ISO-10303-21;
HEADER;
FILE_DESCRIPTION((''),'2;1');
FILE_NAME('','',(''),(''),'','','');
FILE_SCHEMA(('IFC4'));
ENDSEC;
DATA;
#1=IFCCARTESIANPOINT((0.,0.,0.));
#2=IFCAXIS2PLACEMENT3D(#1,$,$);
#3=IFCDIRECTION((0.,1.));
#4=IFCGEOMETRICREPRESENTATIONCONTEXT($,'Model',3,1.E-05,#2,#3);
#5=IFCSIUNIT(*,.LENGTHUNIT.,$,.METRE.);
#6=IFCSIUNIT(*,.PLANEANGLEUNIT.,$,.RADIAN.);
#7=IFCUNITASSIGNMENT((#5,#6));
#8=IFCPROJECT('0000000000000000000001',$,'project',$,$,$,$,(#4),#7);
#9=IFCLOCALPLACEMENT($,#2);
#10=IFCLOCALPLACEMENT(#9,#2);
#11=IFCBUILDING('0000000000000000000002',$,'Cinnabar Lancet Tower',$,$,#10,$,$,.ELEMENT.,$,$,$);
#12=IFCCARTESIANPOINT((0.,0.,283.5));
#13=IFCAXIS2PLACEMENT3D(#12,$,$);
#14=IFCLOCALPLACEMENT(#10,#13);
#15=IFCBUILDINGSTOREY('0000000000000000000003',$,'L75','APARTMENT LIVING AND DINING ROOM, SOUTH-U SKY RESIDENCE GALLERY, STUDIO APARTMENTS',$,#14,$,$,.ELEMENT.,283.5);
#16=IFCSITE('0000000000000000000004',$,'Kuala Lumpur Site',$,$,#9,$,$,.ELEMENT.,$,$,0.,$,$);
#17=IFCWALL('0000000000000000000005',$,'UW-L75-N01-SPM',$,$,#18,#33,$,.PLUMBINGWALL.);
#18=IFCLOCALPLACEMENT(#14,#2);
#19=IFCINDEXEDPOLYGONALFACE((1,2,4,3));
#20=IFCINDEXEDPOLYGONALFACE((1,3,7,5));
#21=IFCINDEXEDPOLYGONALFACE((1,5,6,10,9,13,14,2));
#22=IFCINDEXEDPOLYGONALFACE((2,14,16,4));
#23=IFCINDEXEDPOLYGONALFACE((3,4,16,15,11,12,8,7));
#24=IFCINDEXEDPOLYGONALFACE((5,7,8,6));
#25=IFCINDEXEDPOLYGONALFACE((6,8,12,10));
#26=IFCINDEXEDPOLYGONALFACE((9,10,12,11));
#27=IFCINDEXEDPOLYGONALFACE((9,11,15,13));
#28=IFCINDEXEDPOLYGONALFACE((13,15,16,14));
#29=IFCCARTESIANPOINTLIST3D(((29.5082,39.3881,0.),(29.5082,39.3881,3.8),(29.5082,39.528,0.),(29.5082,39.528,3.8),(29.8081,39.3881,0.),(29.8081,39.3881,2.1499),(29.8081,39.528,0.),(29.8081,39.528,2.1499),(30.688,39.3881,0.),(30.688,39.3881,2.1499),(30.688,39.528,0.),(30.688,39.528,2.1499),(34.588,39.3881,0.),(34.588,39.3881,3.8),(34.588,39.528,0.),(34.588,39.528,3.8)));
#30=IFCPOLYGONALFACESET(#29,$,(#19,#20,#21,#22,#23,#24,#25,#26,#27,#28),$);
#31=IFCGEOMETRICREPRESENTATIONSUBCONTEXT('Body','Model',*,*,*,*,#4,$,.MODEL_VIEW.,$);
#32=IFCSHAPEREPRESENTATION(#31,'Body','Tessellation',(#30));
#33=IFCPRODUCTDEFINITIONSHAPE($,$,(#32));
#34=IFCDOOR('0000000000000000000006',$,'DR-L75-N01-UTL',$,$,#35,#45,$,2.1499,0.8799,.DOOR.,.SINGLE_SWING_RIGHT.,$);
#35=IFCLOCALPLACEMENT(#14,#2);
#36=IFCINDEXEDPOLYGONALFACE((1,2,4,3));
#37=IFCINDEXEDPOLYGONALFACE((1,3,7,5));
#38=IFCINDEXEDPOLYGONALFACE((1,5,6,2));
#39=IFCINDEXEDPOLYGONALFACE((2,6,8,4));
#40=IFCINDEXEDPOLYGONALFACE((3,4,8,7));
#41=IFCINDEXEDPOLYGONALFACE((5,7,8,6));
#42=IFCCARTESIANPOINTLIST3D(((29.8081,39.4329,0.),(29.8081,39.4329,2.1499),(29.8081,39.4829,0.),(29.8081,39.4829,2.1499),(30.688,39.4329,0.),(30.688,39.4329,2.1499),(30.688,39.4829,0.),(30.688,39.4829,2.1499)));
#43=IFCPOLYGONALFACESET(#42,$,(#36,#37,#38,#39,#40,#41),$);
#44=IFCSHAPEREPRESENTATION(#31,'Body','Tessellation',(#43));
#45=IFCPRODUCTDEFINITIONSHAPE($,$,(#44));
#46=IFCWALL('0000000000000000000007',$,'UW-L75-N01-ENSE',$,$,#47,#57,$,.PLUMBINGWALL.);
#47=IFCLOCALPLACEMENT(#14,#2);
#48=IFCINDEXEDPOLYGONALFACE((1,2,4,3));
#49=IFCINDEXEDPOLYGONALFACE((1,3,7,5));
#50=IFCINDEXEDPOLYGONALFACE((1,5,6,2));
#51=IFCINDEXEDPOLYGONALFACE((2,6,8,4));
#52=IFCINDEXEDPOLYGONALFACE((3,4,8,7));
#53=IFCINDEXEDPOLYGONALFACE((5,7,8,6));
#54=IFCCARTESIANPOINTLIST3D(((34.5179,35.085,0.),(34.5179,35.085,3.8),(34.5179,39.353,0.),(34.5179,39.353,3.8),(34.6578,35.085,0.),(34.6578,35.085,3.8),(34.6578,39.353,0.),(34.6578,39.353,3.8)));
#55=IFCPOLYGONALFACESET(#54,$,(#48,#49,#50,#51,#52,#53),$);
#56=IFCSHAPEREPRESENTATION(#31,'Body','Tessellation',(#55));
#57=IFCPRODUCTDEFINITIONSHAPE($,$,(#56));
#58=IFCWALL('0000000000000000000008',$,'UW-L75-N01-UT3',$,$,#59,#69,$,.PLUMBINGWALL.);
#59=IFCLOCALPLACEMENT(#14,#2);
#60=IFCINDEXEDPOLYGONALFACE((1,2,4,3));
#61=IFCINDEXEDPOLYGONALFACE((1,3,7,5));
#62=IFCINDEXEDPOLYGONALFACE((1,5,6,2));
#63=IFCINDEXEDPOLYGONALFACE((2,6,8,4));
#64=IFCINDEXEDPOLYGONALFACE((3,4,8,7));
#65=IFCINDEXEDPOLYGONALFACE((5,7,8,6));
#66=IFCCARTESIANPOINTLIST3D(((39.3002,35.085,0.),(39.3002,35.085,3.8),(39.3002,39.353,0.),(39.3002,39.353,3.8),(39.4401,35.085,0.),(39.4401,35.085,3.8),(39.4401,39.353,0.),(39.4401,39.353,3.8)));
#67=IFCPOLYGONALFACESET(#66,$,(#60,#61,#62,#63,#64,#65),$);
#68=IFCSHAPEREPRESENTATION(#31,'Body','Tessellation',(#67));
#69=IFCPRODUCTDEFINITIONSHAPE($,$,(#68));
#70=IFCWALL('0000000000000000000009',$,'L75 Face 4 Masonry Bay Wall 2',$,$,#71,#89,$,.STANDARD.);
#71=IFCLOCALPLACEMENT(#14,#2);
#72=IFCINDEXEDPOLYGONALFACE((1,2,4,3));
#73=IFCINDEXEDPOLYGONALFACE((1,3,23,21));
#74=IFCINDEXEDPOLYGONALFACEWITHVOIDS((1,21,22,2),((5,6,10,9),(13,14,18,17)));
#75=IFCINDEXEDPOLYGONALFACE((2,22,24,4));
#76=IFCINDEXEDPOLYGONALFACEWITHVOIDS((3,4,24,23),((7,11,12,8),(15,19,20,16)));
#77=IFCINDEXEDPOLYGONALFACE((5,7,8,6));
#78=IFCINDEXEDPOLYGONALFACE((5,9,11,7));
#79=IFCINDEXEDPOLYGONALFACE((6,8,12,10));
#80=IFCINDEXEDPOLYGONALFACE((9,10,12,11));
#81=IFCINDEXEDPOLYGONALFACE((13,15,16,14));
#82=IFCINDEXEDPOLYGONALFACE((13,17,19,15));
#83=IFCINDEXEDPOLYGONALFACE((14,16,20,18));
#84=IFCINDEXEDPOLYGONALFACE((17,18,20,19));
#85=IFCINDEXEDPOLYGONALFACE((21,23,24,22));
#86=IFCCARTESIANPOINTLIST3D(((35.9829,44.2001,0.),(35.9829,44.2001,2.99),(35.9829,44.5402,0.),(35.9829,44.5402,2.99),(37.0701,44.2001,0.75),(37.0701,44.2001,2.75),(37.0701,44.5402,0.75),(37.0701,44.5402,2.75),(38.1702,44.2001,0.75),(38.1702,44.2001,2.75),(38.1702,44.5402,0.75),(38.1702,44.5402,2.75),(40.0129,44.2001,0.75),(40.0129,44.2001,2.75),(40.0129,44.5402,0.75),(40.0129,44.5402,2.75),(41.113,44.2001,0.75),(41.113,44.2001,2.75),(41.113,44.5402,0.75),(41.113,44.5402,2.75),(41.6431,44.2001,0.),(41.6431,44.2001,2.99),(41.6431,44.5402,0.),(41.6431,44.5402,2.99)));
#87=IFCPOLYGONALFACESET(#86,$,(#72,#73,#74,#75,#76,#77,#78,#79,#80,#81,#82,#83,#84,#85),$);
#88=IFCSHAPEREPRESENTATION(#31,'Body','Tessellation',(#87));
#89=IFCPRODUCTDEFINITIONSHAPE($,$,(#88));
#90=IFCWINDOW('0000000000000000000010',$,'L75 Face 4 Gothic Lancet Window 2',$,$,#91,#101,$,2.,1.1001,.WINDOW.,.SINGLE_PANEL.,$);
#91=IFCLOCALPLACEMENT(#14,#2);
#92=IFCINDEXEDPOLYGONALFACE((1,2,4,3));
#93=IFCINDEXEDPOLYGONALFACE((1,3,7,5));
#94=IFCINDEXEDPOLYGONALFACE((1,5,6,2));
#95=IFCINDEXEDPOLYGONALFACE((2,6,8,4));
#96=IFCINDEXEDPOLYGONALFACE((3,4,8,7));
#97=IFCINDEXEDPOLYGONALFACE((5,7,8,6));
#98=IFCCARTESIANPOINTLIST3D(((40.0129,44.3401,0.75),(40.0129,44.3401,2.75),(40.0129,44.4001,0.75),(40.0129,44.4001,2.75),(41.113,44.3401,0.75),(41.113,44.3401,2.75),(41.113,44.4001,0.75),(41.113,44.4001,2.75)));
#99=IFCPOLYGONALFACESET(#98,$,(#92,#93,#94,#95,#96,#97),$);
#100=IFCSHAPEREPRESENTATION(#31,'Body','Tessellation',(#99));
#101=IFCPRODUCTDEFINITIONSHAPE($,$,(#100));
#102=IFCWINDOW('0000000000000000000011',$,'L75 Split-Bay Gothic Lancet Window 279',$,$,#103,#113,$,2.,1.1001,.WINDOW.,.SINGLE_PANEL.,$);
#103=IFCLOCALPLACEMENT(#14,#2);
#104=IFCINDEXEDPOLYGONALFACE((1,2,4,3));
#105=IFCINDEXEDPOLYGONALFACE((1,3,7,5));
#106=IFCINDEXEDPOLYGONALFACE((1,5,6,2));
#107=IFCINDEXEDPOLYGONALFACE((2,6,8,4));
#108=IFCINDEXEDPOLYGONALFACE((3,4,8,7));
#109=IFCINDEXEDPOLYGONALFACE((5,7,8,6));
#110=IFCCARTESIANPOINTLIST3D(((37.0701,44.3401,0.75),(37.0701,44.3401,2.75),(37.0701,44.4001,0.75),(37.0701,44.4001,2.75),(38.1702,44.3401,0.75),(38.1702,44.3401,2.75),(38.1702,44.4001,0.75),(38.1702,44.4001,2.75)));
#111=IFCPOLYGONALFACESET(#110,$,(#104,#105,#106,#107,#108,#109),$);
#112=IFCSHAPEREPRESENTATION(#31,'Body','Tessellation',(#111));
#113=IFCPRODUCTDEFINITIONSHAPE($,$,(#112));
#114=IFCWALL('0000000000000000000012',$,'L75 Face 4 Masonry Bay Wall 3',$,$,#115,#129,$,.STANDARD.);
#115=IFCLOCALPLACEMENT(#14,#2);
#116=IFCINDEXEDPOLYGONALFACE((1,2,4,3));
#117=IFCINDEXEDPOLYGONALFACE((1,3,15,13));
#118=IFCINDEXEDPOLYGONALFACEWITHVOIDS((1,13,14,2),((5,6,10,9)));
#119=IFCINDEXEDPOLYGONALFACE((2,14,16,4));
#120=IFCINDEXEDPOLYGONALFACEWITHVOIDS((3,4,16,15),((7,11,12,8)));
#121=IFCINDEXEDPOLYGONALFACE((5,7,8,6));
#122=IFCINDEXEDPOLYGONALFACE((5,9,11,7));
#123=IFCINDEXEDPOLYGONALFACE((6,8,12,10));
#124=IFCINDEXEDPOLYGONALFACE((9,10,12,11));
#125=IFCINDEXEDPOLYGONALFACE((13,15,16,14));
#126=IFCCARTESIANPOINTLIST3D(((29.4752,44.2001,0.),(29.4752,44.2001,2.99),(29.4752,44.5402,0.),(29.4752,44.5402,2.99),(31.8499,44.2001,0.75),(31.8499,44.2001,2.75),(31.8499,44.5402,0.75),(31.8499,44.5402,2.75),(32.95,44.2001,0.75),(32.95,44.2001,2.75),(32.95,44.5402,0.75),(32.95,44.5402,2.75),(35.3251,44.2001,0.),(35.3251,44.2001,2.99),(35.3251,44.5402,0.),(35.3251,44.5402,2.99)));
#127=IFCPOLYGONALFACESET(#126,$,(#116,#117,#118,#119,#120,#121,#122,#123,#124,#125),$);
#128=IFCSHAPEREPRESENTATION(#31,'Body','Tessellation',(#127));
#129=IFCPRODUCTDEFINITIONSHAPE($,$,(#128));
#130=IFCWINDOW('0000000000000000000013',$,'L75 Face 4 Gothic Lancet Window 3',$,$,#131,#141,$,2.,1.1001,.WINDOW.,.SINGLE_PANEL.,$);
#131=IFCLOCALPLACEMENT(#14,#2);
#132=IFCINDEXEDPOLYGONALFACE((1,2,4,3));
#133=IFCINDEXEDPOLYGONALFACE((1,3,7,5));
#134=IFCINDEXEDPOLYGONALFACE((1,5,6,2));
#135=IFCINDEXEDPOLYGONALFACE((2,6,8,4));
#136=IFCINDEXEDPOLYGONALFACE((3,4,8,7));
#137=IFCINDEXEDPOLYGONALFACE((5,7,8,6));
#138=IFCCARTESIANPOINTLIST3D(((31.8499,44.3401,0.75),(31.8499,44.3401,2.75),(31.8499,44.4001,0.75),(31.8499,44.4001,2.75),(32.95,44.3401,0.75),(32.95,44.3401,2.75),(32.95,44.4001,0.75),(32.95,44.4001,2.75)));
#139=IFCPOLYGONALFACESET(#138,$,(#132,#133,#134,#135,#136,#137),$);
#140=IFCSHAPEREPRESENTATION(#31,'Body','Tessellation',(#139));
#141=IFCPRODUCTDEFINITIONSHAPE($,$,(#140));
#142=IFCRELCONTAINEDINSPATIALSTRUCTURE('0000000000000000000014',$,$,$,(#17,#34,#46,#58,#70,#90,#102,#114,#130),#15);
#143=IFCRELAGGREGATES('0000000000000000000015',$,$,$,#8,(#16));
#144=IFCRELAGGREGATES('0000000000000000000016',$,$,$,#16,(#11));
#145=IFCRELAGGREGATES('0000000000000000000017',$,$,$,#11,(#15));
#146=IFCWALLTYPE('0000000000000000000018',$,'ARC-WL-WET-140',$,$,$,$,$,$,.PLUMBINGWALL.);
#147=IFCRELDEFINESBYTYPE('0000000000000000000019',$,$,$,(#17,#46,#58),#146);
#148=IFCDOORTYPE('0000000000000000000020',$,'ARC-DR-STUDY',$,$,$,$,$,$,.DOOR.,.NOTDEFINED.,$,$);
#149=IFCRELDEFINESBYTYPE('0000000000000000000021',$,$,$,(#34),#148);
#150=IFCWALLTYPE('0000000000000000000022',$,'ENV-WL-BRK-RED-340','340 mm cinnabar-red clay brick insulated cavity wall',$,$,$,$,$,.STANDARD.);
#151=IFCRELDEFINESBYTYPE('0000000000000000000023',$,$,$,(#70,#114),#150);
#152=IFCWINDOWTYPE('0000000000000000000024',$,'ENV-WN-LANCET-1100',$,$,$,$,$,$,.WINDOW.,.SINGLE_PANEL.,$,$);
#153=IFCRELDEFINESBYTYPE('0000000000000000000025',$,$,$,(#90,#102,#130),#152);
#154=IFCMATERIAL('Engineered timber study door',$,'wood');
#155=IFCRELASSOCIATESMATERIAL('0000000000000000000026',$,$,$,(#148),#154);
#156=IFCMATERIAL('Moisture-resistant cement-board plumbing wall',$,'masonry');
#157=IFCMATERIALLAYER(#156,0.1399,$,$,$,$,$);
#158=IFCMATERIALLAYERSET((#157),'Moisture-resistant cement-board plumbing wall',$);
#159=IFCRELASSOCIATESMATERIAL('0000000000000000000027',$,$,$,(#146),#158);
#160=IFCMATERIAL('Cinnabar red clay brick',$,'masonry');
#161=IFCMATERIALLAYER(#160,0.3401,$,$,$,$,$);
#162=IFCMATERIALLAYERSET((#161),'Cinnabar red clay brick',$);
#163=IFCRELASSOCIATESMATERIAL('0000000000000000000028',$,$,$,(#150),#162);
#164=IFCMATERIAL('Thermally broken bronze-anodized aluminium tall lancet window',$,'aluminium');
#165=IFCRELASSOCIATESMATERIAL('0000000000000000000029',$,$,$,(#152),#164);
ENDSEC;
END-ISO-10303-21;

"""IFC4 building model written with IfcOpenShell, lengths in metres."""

from ifc_helpers import new_model, si_unit, direction, frame, frame_2d, origin, place, context, subcontext, project, spatial, rectangle, extrude, material, layer, layer_set, type_object, element, fill, save


model = new_model("IFC4")

# Units and contexts
model_context = context("Model", 3, precision=1e-05, world=origin(), true_north=direction((0.0, 1.0)))
body_context = subcontext(model_context, "Body", "Model", "MODEL_VIEW")
ifc_project = project(units=[si_unit("LENGTHUNIT", "METRE"), si_unit("PLANEANGLEUNIT", "RADIAN")], contexts=[model_context])

# Site, building, storey
site_placement = place(None, origin())
site = spatial("IfcSite", under=ifc_project, at=site_placement, Name="Kuala Lumpur Site", CompositionType="ELEMENT", RefElevation=0.0)
building_placement = place(site_placement, origin())
building = spatial("IfcBuilding", under=site, at=building_placement, Name="Cinnabar Lancet Tower", CompositionType="ELEMENT")
storey_placement = place(building_placement, frame((0.0, 0.0, 283.5)))
storey = spatial("IfcBuildingStorey", under=building, at=storey_placement, Name="L75", Description="APARTMENT LIVING AND DINING ROOM, SOUTH-U SKY RESIDENCE GALLERY, STUDIO APARTMENTS", CompositionType="ELEMENT", Elevation=283.5)

# Shared definitions
ifc_material_1 = material(Name="Engineered timber study door", Category="wood")
door_type_1 = type_object("IfcDoorType", Name="ARC-DR-STUDY", OperationType="NOTDEFINED", PredefinedType="DOOR", material=ifc_material_1)

# Wall, opening, door
ifc_material_2 = material(Name="Moisture-resistant cement-board plumbing wall", Category="masonry")
ifc_layer_1 = layer(ifc_material_2, 0.1399)
ifc_layer_set_1 = layer_set([ifc_layer_1], Name="Moisture-resistant cement-board plumbing wall")
wall_type_1 = type_object("IfcWallType", Name="ARC-WL-WET-140", PredefinedType="PLUMBINGWALL", material=ifc_layer_set_1)
wall_1_placement = place(storey_placement, frame((29.5081, 39.458, 0.0), z_axis=(0.0, 0.0, 1.0), x_axis=(1.0, 0.0, 0.0)))
wall_1 = element("IfcWall", 1, at=wall_1_placement, inside=storey, type_object=wall_type_1, Name="UW-L75-N01-SPM", PredefinedType="PLUMBINGWALL", context=body_context, shape_type="SweptSolid", body=[
    extrude(rectangle(XDim=5.0798, YDim=0.1399, at=frame_2d((2.54, 0.0))), origin(), (0.0, 0.0, 1.0), 3.8),
])
opening_1_placement = place(wall_1_placement, frame((0.3, 0.0, 0.0)))
opening_1 = element("IfcOpeningElement", 2, at=opening_1_placement, cuts=wall_1, PredefinedType="OPENING", context=body_context, shape_type="SweptSolid", body=[
    extrude(rectangle(XDim=0.8799, YDim=2.1499, at=frame_2d((0.4399, 1.075))), frame((0.0, 0.0798, 0.0), z_axis=(0.0, -1.0, 0.0), x_axis=(1.0, 0.0, 0.0)), (0.0, 0.0, 1.0), 0.1599),
])
door_1_placement = place(opening_1_placement, origin())
door_1 = element("IfcDoor", 3, at=door_1_placement, inside=storey, type_object=door_type_1, Name="DR-L75-N01-UTL", OperationType="SINGLE_SWING_RIGHT", OverallHeight=2.1499, OverallWidth=0.8799, PredefinedType="DOOR", context=body_context, shape_type="SweptSolid", body=[
    extrude(rectangle(XDim=0.8799, YDim=2.1499, at=frame_2d((0.4399, 1.075))), frame((0.0, 0.0249, 0.0), z_axis=(0.0, -1.0, 0.0), x_axis=(1.0, 0.0, 0.0)), (0.0, 0.0, 1.0), 0.05),
])
fill(opening_1, door_1)

# Walls
for number, where, z_axis, x_axis, name in (
    (4, (34.5879, 35.085, 0.0), (0.0, 0.0, 1.0), (0.0, 1.0, 0.0), "UW-L75-N01-ENSE"),
    (5, (39.3701, 35.085, 0.0), (0.0, 0.0, 1.0), (0.0, 1.0, 0.0), "UW-L75-N01-UT3"),
):
    element("IfcWall", number, at=place(storey_placement, frame(where, z_axis=z_axis, x_axis=x_axis)), inside=storey, type_object=wall_type_1, Name=name, PredefinedType="PLUMBINGWALL", context=body_context, shape_type="SweptSolid", body=[
        extrude(rectangle(XDim=4.2681, YDim=0.1399, at=frame_2d((2.134, 0.0))), origin(), (0.0, 0.0, 1.0), 3.8),
    ])

# Wall, openings, windows
ifc_material_3 = material(Name="Cinnabar red clay brick", Category="masonry")
ifc_layer_2 = layer(ifc_material_3, 0.3401)
ifc_layer_set_2 = layer_set([ifc_layer_2], Name="Cinnabar red clay brick")
wall_type_2 = type_object("IfcWallType", Name="ENV-WL-BRK-RED-340", Description="340 mm cinnabar-red clay brick insulated cavity wall", PredefinedType="STANDARD", material=ifc_layer_set_2)
wall_2_placement = place(storey_placement, frame((41.6431, 44.3701, 0.0), z_axis=(0.0, 0.0, 1.0), x_axis=(-1.0, 0.0, 0.0)))
wall_2 = element("IfcWall", 6, at=wall_2_placement, inside=storey, type_object=wall_type_2, Name="L75 Face 4 Masonry Bay Wall 2", PredefinedType="STANDARD", context=body_context, shape_type="SweptSolid", body=[
    extrude(rectangle(XDim=5.6602, YDim=0.3401, at=frame_2d((2.8301, 0.0))), origin(), (0.0, 0.0, 1.0), 2.99),
])
opening_2_placement = place(wall_2_placement, frame((0.53, 0.0, 0.75)))
opening_2 = element("IfcOpeningElement", 7, at=opening_2_placement, cuts=wall_2, PredefinedType="OPENING", context=body_context, shape_type="SweptSolid", body=[
    extrude(rectangle(XDim=1.1001, YDim=2.0, at=frame_2d((0.55, 1.0))), frame((0.0, 0.1799, 0.0), z_axis=(0.0, -1.0, 0.0), x_axis=(1.0, 0.0, 0.0)), (0.0, 0.0, 1.0), 0.3601),
])
opening_3_placement = place(wall_2_placement, frame((3.4729, 0.0, 0.75)))
opening_3 = element("IfcOpeningElement", 8, at=opening_3_placement, cuts=wall_2, PredefinedType="OPENING", context=body_context, shape_type="SweptSolid", body=[
    extrude(rectangle(XDim=1.1001, YDim=2.0, at=frame_2d((0.55, 1.0))), frame((0.0, 0.1799, 0.0), z_axis=(0.0, -1.0, 0.0), x_axis=(1.0, 0.0, 0.0)), (0.0, 0.0, 1.0), 0.3601),
])
ifc_material_4 = material(Name="Thermally broken bronze-anodized aluminium tall lancet window", Category="aluminium")
window_type = type_object("IfcWindowType", Name="ENV-WN-LANCET-1100", PartitioningType="SINGLE_PANEL", PredefinedType="WINDOW", material=ifc_material_4)
window_1_placement = place(opening_2_placement, origin())
window_1 = element("IfcWindow", 9, at=window_1_placement, inside=storey, type_object=window_type, Name="L75 Face 4 Gothic Lancet Window 2", OverallHeight=2.0, OverallWidth=1.1001, PartitioningType="SINGLE_PANEL", PredefinedType="WINDOW", context=body_context, shape_type="SweptSolid", body=[
    extrude(rectangle(XDim=1.1001, YDim=2.0, at=frame_2d((0.55, 1.0))), frame((0.0, 0.03, 0.0), z_axis=(0.0, -1.0, 0.0), x_axis=(1.0, 0.0, 0.0)), (0.0, 0.0, 1.0), 0.0601),
])
fill(opening_2, window_1)
window_2_placement = place(opening_3_placement, origin())
window_2 = element("IfcWindow", 10, at=window_2_placement, inside=storey, type_object=window_type, Name="L75 Split-Bay Gothic Lancet Window 279", OverallHeight=2.0, OverallWidth=1.1001, PartitioningType="SINGLE_PANEL", PredefinedType="WINDOW", context=body_context, shape_type="SweptSolid", body=[
    extrude(rectangle(XDim=1.1001, YDim=2.0, at=frame_2d((0.55, 1.0))), frame((0.0, 0.03, 0.0), z_axis=(0.0, -1.0, 0.0), x_axis=(1.0, 0.0, 0.0)), (0.0, 0.0, 1.0), 0.0601),
])
fill(opening_3, window_2)

# Wall, opening, window
wall_3_placement = place(storey_placement, frame((35.325, 44.3701, 0.0), z_axis=(0.0, 0.0, 1.0), x_axis=(-1.0, 0.0, 0.0)))
wall_3 = element("IfcWall", 11, at=wall_3_placement, inside=storey, type_object=wall_type_2, Name="L75 Face 4 Masonry Bay Wall 3", PredefinedType="STANDARD", context=body_context, shape_type="SweptSolid", body=[
    extrude(rectangle(XDim=5.8499, YDim=0.3401, at=frame_2d((2.9248, 0.0))), origin(), (0.0, 0.0, 1.0), 2.99),
])
opening_4_placement = place(wall_3_placement, frame((2.375, 0.0, 0.75)))
opening_4 = element("IfcOpeningElement", 12, at=opening_4_placement, cuts=wall_3, PredefinedType="OPENING", context=body_context, shape_type="SweptSolid", body=[
    extrude(rectangle(XDim=1.1001, YDim=2.0, at=frame_2d((0.55, 1.0))), frame((0.0, 0.1799, 0.0), z_axis=(0.0, -1.0, 0.0), x_axis=(1.0, 0.0, 0.0)), (0.0, 0.0, 1.0), 0.3601),
])
window_3_placement = place(opening_4_placement, origin())
window_3 = element("IfcWindow", 13, at=window_3_placement, inside=storey, type_object=window_type, Name="L75 Face 4 Gothic Lancet Window 3", OverallHeight=2.0, OverallWidth=1.1001, PartitioningType="SINGLE_PANEL", PredefinedType="WINDOW", context=body_context, shape_type="SweptSolid", body=[
    extrude(rectangle(XDim=1.1001, YDim=2.0, at=frame_2d((0.55, 1.0))), frame((0.0, 0.03, 0.0), z_axis=(0.0, -1.0, 0.0), x_axis=(1.0, 0.0, 0.0)), (0.0, 0.0, 1.0), 0.0601),
])
fill(opening_4, window_3)

save(model, "model.ifc")
